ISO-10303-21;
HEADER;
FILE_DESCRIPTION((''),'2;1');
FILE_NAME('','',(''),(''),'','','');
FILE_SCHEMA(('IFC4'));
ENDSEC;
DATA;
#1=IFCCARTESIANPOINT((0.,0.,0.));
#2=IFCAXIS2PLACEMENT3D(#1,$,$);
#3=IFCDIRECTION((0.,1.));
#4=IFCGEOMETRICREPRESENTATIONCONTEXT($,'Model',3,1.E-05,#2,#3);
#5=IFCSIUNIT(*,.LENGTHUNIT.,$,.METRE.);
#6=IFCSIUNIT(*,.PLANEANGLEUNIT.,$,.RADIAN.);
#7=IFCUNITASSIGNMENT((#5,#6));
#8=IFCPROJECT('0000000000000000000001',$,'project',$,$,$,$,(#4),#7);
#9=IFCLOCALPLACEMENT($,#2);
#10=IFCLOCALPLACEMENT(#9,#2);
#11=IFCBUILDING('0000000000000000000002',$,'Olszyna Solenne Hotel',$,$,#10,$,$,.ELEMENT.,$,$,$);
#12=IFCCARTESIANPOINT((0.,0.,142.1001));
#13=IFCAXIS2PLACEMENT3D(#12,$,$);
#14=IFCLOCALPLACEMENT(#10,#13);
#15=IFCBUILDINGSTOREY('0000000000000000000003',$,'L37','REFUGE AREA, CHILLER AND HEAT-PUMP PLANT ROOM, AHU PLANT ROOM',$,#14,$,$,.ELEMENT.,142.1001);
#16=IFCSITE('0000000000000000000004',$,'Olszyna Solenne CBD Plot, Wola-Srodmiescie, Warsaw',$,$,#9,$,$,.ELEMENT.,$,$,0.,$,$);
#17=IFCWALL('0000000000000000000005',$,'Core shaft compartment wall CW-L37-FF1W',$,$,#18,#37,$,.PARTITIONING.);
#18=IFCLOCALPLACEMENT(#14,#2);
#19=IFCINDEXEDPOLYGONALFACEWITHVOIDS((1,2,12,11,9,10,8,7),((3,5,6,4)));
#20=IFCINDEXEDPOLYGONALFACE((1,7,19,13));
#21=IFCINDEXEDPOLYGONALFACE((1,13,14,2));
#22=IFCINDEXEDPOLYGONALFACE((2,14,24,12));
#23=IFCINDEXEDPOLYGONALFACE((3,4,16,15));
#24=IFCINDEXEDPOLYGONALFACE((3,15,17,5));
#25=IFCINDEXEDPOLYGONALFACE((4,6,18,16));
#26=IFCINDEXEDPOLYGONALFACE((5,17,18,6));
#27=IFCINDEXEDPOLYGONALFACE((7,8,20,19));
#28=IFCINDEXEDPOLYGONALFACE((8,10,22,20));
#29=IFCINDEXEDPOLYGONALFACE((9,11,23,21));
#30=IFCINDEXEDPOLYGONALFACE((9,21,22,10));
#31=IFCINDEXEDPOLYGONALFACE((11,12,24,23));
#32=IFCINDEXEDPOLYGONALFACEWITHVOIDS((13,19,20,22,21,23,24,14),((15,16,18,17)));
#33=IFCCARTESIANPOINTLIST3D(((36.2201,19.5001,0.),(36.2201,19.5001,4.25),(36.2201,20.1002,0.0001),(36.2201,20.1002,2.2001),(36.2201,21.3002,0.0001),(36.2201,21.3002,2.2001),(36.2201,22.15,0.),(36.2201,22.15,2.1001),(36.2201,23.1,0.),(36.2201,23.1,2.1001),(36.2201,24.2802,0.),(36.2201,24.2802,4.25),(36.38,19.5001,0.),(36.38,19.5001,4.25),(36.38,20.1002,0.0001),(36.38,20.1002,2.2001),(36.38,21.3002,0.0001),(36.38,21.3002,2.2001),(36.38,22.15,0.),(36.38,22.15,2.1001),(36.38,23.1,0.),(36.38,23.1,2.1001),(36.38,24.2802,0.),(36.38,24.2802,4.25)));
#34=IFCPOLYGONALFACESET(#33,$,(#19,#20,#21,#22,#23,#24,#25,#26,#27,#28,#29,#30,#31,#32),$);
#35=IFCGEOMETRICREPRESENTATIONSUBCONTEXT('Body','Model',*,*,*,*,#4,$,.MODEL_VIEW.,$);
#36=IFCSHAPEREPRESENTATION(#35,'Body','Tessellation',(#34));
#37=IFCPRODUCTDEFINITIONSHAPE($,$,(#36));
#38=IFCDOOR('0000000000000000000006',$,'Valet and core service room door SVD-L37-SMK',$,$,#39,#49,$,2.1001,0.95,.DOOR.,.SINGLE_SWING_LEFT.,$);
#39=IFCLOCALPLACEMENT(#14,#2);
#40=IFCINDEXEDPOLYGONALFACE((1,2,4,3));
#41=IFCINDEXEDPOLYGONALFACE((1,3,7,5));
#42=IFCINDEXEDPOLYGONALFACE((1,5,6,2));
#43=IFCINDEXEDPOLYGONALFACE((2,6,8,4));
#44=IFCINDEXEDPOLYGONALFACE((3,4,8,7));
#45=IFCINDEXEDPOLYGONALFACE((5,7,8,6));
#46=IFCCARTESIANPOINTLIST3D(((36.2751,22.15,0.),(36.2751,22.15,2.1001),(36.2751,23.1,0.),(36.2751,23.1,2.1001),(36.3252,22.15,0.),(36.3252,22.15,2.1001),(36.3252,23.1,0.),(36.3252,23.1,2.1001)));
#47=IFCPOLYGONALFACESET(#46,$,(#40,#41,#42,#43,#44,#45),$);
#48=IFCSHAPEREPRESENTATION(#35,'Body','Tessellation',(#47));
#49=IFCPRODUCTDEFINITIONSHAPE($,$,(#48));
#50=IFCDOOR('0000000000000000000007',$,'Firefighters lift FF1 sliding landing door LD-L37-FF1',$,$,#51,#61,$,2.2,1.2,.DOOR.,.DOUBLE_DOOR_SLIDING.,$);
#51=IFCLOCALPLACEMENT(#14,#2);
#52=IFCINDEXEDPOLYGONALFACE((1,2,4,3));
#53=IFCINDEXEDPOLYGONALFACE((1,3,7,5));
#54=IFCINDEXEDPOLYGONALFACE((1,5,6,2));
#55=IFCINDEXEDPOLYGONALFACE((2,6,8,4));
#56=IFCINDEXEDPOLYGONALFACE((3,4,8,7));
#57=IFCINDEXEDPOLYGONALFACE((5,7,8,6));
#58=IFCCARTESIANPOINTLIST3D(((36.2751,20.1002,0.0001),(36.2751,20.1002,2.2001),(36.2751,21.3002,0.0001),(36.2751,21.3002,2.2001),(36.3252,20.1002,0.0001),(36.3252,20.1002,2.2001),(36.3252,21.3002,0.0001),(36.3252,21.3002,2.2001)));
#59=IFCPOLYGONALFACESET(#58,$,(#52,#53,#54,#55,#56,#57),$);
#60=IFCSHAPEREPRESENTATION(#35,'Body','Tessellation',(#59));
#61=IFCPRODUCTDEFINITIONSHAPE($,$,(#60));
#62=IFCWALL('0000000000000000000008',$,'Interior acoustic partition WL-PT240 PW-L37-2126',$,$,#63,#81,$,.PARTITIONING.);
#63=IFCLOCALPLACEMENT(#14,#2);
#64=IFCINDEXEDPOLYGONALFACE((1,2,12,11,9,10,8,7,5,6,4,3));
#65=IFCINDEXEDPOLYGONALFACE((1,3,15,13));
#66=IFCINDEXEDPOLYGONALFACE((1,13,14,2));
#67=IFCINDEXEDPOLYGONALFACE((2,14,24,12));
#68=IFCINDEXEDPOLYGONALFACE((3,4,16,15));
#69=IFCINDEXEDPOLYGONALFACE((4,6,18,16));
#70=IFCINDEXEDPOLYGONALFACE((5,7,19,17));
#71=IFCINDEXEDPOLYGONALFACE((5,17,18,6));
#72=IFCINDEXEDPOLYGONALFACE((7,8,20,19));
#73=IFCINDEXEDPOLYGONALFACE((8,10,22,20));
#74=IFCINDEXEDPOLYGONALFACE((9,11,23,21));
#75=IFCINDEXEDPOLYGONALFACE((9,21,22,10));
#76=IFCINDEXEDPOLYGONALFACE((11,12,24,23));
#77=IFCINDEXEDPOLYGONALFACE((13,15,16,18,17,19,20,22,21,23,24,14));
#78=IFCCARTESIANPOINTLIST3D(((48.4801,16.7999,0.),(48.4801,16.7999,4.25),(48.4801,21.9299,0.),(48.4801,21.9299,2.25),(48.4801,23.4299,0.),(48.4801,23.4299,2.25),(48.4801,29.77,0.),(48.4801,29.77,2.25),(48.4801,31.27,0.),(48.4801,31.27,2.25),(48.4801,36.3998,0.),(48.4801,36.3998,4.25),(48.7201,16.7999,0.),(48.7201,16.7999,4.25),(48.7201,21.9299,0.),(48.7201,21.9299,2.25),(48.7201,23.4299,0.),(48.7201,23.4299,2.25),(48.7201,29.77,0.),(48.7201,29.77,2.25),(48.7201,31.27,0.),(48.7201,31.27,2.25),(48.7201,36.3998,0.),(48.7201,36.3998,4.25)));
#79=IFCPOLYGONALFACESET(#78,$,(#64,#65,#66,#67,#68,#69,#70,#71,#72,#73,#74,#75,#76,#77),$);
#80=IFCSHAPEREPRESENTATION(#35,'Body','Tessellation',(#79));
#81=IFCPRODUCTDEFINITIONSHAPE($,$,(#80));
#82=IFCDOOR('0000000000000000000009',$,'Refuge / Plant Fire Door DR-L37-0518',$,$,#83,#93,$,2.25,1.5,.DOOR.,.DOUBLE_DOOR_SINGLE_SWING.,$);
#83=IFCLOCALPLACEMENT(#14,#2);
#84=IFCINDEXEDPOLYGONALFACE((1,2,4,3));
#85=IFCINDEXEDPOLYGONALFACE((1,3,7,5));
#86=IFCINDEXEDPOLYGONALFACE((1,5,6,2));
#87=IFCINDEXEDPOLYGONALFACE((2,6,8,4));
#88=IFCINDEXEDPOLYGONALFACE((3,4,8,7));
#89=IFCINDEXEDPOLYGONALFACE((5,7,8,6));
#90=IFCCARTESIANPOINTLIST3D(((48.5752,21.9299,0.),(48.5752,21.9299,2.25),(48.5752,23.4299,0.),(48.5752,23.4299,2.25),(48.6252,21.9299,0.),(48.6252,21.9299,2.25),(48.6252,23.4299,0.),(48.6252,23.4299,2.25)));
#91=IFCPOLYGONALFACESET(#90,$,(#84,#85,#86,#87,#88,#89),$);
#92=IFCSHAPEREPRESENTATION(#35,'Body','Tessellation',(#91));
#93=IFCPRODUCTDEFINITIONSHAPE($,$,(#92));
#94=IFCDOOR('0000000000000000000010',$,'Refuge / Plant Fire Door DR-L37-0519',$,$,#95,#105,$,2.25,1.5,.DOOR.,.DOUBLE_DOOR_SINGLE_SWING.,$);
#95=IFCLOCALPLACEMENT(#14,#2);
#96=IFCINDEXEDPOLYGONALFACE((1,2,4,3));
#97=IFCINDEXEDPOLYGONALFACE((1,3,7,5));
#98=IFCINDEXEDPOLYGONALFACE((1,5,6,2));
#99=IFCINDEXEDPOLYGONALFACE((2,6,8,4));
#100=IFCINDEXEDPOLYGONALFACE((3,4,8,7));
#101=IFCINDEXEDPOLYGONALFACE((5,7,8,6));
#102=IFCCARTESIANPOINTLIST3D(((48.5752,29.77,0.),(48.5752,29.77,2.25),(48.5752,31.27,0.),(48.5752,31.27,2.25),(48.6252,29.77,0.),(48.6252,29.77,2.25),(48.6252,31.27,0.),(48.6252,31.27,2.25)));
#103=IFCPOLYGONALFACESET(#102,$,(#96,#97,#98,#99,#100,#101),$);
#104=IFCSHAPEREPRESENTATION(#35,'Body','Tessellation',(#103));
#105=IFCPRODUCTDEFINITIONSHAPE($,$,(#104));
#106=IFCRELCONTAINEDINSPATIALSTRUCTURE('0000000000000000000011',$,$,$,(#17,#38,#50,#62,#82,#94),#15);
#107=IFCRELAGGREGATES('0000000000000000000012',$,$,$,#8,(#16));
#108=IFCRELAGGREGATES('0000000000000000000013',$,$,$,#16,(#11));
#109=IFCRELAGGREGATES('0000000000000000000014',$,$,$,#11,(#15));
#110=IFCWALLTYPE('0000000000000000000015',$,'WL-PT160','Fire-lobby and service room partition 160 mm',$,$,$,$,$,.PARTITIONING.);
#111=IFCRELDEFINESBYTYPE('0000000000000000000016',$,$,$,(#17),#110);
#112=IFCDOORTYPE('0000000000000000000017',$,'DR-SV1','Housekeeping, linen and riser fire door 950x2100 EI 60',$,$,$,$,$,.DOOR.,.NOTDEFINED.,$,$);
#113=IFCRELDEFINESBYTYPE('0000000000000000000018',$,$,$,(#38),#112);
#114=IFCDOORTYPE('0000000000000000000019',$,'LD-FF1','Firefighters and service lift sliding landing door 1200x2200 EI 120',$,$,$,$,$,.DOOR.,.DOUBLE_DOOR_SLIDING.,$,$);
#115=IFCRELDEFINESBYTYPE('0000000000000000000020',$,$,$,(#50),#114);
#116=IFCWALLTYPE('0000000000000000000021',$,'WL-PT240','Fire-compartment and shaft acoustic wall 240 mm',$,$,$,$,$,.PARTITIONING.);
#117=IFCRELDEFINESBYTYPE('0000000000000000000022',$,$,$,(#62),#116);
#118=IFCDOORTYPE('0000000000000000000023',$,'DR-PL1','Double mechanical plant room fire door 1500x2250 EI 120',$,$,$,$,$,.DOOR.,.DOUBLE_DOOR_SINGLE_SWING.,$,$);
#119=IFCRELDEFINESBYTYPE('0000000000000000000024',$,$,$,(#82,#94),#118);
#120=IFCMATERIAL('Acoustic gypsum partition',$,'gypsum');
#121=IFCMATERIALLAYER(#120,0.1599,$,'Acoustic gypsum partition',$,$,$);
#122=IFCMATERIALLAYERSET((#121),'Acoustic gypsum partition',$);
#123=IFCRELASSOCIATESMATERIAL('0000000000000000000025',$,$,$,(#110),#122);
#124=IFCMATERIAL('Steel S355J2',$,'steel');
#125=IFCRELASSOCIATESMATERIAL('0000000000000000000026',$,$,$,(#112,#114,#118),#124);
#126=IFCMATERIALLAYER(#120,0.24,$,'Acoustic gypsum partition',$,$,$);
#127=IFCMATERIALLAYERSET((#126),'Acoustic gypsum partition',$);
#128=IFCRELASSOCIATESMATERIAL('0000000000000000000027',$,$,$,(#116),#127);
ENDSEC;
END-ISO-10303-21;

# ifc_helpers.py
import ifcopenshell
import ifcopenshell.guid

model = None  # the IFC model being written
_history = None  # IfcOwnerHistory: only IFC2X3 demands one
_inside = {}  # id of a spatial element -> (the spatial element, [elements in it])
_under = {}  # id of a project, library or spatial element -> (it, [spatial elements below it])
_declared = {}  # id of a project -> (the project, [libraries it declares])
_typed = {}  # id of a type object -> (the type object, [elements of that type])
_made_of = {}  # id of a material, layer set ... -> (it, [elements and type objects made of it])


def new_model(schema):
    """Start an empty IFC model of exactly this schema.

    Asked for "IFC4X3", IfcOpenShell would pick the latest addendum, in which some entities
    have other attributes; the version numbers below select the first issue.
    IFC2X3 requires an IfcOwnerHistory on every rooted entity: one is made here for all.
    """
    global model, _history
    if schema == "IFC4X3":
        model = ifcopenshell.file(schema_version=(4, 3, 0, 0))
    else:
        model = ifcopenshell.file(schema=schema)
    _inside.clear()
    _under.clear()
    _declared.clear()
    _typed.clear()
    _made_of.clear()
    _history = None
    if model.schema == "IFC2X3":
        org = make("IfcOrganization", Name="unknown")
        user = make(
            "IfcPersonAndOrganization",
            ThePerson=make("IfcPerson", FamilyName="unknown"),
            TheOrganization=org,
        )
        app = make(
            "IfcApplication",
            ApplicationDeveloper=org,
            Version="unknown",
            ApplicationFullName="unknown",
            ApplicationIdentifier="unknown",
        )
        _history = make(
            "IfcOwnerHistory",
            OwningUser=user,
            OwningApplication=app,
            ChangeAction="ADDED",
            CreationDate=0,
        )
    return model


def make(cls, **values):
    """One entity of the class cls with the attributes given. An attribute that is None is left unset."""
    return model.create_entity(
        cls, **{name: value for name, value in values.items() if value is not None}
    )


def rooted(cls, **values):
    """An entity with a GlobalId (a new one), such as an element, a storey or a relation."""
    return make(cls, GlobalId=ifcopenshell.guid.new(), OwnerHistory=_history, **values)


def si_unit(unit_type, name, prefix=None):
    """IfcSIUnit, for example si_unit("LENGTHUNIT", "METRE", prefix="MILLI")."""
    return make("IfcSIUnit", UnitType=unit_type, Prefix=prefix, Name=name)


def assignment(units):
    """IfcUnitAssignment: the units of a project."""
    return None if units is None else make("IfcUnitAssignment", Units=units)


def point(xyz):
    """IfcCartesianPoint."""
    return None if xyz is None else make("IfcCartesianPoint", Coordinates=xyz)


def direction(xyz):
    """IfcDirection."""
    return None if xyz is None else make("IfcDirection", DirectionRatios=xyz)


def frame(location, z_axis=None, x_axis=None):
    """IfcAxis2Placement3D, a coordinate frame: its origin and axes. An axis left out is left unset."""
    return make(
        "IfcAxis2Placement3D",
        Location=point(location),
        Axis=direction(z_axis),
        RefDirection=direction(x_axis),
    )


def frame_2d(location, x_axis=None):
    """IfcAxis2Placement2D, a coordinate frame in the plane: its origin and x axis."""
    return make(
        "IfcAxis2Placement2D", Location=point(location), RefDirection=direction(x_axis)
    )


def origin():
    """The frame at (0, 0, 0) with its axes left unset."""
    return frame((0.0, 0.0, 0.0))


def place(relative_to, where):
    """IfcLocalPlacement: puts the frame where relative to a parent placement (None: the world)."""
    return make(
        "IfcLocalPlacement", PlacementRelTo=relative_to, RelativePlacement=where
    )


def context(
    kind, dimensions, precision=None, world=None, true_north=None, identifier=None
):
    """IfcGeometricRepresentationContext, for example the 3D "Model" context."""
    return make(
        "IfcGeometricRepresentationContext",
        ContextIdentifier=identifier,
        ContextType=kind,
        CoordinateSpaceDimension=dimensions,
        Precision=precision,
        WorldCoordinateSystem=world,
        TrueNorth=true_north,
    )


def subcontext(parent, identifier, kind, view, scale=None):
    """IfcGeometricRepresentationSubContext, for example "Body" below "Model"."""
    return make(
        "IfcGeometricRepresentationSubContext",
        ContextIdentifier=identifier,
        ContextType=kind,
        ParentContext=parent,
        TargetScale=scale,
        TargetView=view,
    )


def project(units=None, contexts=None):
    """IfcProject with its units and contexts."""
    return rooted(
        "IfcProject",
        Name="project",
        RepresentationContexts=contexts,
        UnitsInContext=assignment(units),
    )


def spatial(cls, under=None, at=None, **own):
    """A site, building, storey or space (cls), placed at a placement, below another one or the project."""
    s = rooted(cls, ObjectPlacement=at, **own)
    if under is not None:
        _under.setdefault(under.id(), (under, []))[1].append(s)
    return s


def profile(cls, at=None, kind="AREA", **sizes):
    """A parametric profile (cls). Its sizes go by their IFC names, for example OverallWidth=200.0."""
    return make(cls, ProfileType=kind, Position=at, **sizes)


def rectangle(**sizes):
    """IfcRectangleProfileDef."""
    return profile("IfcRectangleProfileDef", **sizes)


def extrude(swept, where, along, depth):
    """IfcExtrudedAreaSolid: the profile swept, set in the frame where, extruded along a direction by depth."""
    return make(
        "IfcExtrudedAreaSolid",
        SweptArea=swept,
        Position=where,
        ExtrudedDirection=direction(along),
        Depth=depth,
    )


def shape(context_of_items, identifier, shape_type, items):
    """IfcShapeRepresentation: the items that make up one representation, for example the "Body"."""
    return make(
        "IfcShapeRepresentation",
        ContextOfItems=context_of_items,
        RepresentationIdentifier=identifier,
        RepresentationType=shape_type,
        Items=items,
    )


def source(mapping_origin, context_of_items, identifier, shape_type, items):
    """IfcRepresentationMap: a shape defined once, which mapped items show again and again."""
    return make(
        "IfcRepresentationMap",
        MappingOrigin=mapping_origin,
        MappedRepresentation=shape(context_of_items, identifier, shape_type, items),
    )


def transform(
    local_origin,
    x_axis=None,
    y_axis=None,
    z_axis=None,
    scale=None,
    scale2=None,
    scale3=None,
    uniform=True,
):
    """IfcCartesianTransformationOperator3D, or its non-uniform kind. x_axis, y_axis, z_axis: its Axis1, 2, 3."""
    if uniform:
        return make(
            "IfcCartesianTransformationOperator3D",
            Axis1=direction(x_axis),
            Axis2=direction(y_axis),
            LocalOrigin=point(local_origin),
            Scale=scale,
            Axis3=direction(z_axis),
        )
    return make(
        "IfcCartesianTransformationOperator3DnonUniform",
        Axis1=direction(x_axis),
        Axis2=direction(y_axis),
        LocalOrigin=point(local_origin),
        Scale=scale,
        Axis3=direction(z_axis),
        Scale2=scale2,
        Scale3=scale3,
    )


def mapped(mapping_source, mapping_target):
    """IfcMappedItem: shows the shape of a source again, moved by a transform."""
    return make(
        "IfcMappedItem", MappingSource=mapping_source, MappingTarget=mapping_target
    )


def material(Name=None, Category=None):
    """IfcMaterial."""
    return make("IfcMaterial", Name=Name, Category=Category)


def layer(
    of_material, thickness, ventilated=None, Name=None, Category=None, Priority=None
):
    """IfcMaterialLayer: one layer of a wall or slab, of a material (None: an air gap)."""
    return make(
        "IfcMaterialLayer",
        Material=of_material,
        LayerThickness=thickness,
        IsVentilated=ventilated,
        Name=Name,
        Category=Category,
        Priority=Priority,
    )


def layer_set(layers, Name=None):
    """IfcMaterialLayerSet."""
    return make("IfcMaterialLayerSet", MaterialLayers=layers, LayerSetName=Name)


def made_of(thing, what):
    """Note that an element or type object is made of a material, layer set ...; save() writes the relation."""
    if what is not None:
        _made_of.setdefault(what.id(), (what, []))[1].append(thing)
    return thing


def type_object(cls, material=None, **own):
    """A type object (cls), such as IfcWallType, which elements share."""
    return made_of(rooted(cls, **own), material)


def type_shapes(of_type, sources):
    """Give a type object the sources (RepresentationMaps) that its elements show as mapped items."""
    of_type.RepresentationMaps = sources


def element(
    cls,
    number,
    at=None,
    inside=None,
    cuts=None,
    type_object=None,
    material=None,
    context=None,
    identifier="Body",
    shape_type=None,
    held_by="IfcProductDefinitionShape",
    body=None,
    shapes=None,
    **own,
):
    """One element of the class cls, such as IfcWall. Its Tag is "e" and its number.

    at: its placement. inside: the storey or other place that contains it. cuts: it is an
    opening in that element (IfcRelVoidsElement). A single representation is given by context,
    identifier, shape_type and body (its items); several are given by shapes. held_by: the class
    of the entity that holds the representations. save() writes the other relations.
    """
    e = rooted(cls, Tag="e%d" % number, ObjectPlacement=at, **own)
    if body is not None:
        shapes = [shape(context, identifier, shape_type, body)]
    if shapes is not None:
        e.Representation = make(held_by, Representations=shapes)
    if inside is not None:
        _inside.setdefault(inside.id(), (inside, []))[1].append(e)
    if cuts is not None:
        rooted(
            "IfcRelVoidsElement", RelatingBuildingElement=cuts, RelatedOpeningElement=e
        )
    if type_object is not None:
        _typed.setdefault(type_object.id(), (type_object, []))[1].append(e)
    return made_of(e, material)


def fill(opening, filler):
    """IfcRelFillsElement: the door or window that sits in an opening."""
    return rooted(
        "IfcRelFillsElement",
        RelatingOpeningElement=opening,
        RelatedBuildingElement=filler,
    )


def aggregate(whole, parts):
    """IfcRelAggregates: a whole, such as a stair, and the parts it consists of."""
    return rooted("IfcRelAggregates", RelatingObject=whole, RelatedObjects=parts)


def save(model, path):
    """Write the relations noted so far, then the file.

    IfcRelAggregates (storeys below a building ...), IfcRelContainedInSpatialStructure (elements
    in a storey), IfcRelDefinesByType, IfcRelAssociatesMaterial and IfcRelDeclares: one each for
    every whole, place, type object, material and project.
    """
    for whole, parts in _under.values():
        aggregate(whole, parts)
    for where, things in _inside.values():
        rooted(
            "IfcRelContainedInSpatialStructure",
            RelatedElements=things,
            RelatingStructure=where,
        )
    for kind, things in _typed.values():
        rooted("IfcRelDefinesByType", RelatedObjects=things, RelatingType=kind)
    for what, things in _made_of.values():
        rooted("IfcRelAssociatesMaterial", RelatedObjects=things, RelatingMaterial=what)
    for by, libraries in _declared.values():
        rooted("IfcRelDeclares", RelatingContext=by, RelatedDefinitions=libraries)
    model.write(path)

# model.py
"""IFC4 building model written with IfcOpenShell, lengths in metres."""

from ifc_helpers import new_model, si_unit, direction, frame, frame_2d, origin, place, context, subcontext, project, spatial, rectangle, extrude, source, transform, mapped, material, layer, layer_set, type_object, type_shapes, element, fill, save


model = new_model("IFC4")

# Units and contexts
model_context = context("Model", 3, precision=1e-05, world=origin(), true_north=direction((0.0, 1.0)))
body_context = subcontext(model_context, "Body", "Model", "MODEL_VIEW")
ifc_project = project(units=[si_unit("LENGTHUNIT", "METRE"), si_unit("PLANEANGLEUNIT", "RADIAN")], contexts=[model_context])

# Site, building, storey
site_placement = place(None, origin())
site = spatial("IfcSite", under=ifc_project, at=site_placement, Name="Olszyna Solenne CBD Plot, Wola-Srodmiescie, Warsaw", CompositionType="ELEMENT", RefElevation=0.0)
building_placement = place(site_placement, origin())
building = spatial("IfcBuilding", under=site, at=building_placement, Name="Olszyna Solenne Hotel", CompositionType="ELEMENT")
storey_placement = place(building_placement, frame((0.0, 0.0, 142.1001)))
storey = spatial("IfcBuildingStorey", under=building, at=storey_placement, Name="L37", Description="REFUGE AREA, CHILLER AND HEAT-PUMP PLANT ROOM, AHU PLANT ROOM", CompositionType="ELEMENT", Elevation=142.1001)

# Shared definitions
ifc_material_1 = material(Name="Steel S355J2", Category="steel")

# Shared definitions
ifc_material_2 = material(Name="Acoustic gypsum partition", Category="gypsum")

# Walls, openings, doors
ifc_layer_1 = layer(ifc_material_2, 0.1599, Name="Acoustic gypsum partition")
ifc_layer_set_1 = layer_set([ifc_layer_1], Name="Acoustic gypsum partition")
wall_type_1 = type_object("IfcWallType", Name="WL-PT160", Description="Fire-lobby and service room partition 160 mm", PredefinedType="PARTITIONING", material=ifc_layer_set_1)
wall_1_placement = place(storey_placement, frame((36.3, 19.5, 0.0), z_axis=(0.0, 0.0, 1.0), x_axis=(0.0, 1.0, 0.0)))
wall_1 = element("IfcWall", 1, at=wall_1_placement, inside=storey, type_object=wall_type_1, Name="Core shaft compartment wall CW-L37-FF1W", PredefinedType="PARTITIONING", context=body_context, shape_type="SweptSolid", body=[
    extrude(rectangle(XDim=4.78, YDim=0.1599, at=frame_2d((2.3901, 0.0))), origin(), (0.0, 0.0, 1.0), 4.25),
])
opening_1_placement = place(wall_1_placement, frame((0.6001, 0.0, 0.0)))
opening_1 = element("IfcOpeningElement", 2, at=opening_1_placement, cuts=wall_1, PredefinedType="OPENING", context=body_context, shape_type="SweptSolid", body=[
    extrude(rectangle(XDim=1.2, YDim=2.2, at=frame_2d((0.6001, 1.1001))), frame((0.0, 0.0898, 0.0), z_axis=(0.0, -1.0, 0.0), x_axis=(1.0, 0.0, 0.0)), (0.0, 0.0, 1.0), 0.1799),
])
opening_2_placement = place(wall_1_placement, frame((2.6499, 0.0, 0.0)))
opening_2 = element("IfcOpeningElement", 3, at=opening_2_placement, cuts=wall_1, PredefinedType="OPENING", context=body_context, shape_type="SweptSolid", body=[
    extrude(rectangle(XDim=0.95, YDim=2.1001, at=frame_2d((0.4751, 1.05))), frame((0.0, 0.0898, 0.0), z_axis=(0.0, -1.0, 0.0), x_axis=(1.0, 0.0, 0.0)), (0.0, 0.0, 1.0), 0.1799),
])
door_type_1 = type_object("IfcDoorType", Name="DR-SV1", Description="Housekeeping, linen and riser fire door 950x2100 EI 60", OperationType="NOTDEFINED", PredefinedType="DOOR", material=ifc_material_1)
shared_shape_1 = source(origin(), body_context, "Body", "SweptSolid", [
    extrude(rectangle(XDim=0.95, YDim=2.1001, at=frame_2d((0.4751, 1.05))), frame((0.0, 0.0249, 0.0), z_axis=(0.0, -1.0, 0.0), x_axis=(1.0, 0.0, 0.0)), (0.0, 0.0, 1.0), 0.05),
])
type_shapes(door_type_1, [shared_shape_1])
door_1_placement = place(opening_2_placement, origin())
door_1 = element("IfcDoor", 4, at=door_1_placement, inside=storey, type_object=door_type_1, Name="Valet and core service room door SVD-L37-SMK", OperationType="SINGLE_SWING_LEFT", OverallHeight=2.1001, OverallWidth=0.95, PredefinedType="DOOR", context=body_context, shape_type="MappedRepresentation", body=[
    mapped(shared_shape_1, transform((0.0, 0.0, 0.0), x_axis=(1.0, 0.0, 0.0), y_axis=(0.0, 1.0, 0.0), z_axis=(0.0, 0.0, 1.0), scale=1.0)),
])
fill(opening_2, door_1)
door_type_2 = type_object("IfcDoorType", Name="LD-FF1", Description="Firefighters and service lift sliding landing door 1200x2200 EI 120", OperationType="DOUBLE_DOOR_SLIDING", PredefinedType="DOOR", material=ifc_material_1)
shared_shape_2 = source(origin(), body_context, "Body", "SweptSolid", [
    extrude(rectangle(XDim=1.2, YDim=2.2, at=frame_2d((0.6001, 1.1001))), frame((0.0, 0.0249, 0.0), z_axis=(0.0, -1.0, 0.0), x_axis=(1.0, 0.0, 0.0)), (0.0, 0.0, 1.0), 0.05),
])
type_shapes(door_type_2, [shared_shape_2])
door_2_placement = place(opening_1_placement, origin())
door_2 = element("IfcDoor", 5, at=door_2_placement, inside=storey, type_object=door_type_2, Name="Firefighters lift FF1 sliding landing door LD-L37-FF1", OperationType="DOUBLE_DOOR_SLIDING", OverallHeight=2.2, OverallWidth=1.2, PredefinedType="DOOR", context=body_context, shape_type="MappedRepresentation", body=[
    mapped(shared_shape_2, transform((0.0, 0.0, 0.0), x_axis=(1.0, 0.0, 0.0), y_axis=(0.0, 1.0, 0.0), z_axis=(0.0, 0.0, 1.0), scale=1.0)),
])
fill(opening_1, door_2)
ifc_layer_2 = layer(ifc_material_2, 0.24, Name="Acoustic gypsum partition")
ifc_layer_set_2 = layer_set([ifc_layer_2], Name="Acoustic gypsum partition")
wall_type_2 = type_object("IfcWallType", Name="WL-PT240", Description="Fire-compartment and shaft acoustic wall 240 mm", PredefinedType="PARTITIONING", material=ifc_layer_set_2)
wall_2_placement = place(storey_placement, frame((48.6001, 16.8, 0.0), z_axis=(0.0, 0.0, 1.0), x_axis=(0.0, 1.0, 0.0)))
wall_2 = element("IfcWall", 6, at=wall_2_placement, inside=storey, type_object=wall_type_2, Name="Interior acoustic partition WL-PT240 PW-L37-2126", PredefinedType="PARTITIONING", context=body_context, shape_type="SweptSolid", body=[
    extrude(rectangle(XDim=19.5999, YDim=0.24, at=frame_2d((9.7998, 0.0))), origin(), (0.0, 0.0, 1.0), 4.25),
])
opening_3_placement = place(wall_2_placement, frame((5.1299, 0.0, 0.0)))
opening_3 = element("IfcOpeningElement", 7, at=opening_3_placement, cuts=wall_2, PredefinedType="OPENING", context=body_context, shape_type="SweptSolid", body=[
    extrude(rectangle(XDim=1.5, YDim=2.25, at=frame_2d((0.75, 1.125))), frame((0.0, 0.1299, 0.0), z_axis=(0.0, -1.0, 0.0), x_axis=(1.0, 0.0, 0.0)), (0.0, 0.0, 1.0), 0.26),
])
opening_4_placement = place(wall_2_placement, frame((12.97, 0.0, 0.0)))
opening_4 = element("IfcOpeningElement", 8, at=opening_4_placement, cuts=wall_2, PredefinedType="OPENING", context=body_context, shape_type="SweptSolid", body=[
    extrude(rectangle(XDim=1.5, YDim=2.25, at=frame_2d((0.75, 1.125))), frame((0.0, 0.1299, 0.0), z_axis=(0.0, -1.0, 0.0), x_axis=(1.0, 0.0, 0.0)), (0.0, 0.0, 1.0), 0.26),
])
door_type_3 = type_object("IfcDoorType", Name="DR-PL1", Description="Double mechanical plant room fire door 1500x2250 EI 120", OperationType="DOUBLE_DOOR_SINGLE_SWING", PredefinedType="DOOR", material=ifc_material_1)
shared_shape_3 = source(origin(), body_context, "Body", "SweptSolid", [
    extrude(rectangle(XDim=1.5, YDim=2.25, at=frame_2d((0.75, 1.125))), frame((0.0, 0.0249, 0.0), z_axis=(0.0, -1.0, 0.0), x_axis=(1.0, 0.0, 0.0)), (0.0, 0.0, 1.0), 0.05),
])
type_shapes(door_type_3, [shared_shape_3])
door_3_placement = place(opening_3_placement, origin())
door_3 = element("IfcDoor", 9, at=door_3_placement, inside=storey, type_object=door_type_3, Name="Refuge / Plant Fire Door DR-L37-0518", OperationType="DOUBLE_DOOR_SINGLE_SWING", OverallHeight=2.25, OverallWidth=1.5, PredefinedType="DOOR", context=body_context, shape_type="MappedRepresentation", body=[
    mapped(shared_shape_3, transform((0.0, 0.0, 0.0), x_axis=(1.0, 0.0, 0.0), y_axis=(0.0, 1.0, 0.0), z_axis=(0.0, 0.0, 1.0), scale=1.0)),
])
fill(opening_3, door_3)
door_4_placement = place(opening_4_placement, origin())
door_4 = element("IfcDoor", 10, at=door_4_placement, inside=storey, type_object=door_type_3, Name="Refuge / Plant Fire Door DR-L37-0519", OperationType="DOUBLE_DOOR_SINGLE_SWING", OverallHeight=2.25, OverallWidth=1.5, PredefinedType="DOOR", context=body_context, shape_type="MappedRepresentation", body=[
    mapped(shared_shape_3, transform((0.0, 0.0, 0.0), x_axis=(1.0, 0.0, 0.0), y_axis=(0.0, 1.0, 0.0), z_axis=(0.0, 0.0, 1.0), scale=1.0)),
])
fill(opening_4, door_4)

save(model, "model.ifc")
